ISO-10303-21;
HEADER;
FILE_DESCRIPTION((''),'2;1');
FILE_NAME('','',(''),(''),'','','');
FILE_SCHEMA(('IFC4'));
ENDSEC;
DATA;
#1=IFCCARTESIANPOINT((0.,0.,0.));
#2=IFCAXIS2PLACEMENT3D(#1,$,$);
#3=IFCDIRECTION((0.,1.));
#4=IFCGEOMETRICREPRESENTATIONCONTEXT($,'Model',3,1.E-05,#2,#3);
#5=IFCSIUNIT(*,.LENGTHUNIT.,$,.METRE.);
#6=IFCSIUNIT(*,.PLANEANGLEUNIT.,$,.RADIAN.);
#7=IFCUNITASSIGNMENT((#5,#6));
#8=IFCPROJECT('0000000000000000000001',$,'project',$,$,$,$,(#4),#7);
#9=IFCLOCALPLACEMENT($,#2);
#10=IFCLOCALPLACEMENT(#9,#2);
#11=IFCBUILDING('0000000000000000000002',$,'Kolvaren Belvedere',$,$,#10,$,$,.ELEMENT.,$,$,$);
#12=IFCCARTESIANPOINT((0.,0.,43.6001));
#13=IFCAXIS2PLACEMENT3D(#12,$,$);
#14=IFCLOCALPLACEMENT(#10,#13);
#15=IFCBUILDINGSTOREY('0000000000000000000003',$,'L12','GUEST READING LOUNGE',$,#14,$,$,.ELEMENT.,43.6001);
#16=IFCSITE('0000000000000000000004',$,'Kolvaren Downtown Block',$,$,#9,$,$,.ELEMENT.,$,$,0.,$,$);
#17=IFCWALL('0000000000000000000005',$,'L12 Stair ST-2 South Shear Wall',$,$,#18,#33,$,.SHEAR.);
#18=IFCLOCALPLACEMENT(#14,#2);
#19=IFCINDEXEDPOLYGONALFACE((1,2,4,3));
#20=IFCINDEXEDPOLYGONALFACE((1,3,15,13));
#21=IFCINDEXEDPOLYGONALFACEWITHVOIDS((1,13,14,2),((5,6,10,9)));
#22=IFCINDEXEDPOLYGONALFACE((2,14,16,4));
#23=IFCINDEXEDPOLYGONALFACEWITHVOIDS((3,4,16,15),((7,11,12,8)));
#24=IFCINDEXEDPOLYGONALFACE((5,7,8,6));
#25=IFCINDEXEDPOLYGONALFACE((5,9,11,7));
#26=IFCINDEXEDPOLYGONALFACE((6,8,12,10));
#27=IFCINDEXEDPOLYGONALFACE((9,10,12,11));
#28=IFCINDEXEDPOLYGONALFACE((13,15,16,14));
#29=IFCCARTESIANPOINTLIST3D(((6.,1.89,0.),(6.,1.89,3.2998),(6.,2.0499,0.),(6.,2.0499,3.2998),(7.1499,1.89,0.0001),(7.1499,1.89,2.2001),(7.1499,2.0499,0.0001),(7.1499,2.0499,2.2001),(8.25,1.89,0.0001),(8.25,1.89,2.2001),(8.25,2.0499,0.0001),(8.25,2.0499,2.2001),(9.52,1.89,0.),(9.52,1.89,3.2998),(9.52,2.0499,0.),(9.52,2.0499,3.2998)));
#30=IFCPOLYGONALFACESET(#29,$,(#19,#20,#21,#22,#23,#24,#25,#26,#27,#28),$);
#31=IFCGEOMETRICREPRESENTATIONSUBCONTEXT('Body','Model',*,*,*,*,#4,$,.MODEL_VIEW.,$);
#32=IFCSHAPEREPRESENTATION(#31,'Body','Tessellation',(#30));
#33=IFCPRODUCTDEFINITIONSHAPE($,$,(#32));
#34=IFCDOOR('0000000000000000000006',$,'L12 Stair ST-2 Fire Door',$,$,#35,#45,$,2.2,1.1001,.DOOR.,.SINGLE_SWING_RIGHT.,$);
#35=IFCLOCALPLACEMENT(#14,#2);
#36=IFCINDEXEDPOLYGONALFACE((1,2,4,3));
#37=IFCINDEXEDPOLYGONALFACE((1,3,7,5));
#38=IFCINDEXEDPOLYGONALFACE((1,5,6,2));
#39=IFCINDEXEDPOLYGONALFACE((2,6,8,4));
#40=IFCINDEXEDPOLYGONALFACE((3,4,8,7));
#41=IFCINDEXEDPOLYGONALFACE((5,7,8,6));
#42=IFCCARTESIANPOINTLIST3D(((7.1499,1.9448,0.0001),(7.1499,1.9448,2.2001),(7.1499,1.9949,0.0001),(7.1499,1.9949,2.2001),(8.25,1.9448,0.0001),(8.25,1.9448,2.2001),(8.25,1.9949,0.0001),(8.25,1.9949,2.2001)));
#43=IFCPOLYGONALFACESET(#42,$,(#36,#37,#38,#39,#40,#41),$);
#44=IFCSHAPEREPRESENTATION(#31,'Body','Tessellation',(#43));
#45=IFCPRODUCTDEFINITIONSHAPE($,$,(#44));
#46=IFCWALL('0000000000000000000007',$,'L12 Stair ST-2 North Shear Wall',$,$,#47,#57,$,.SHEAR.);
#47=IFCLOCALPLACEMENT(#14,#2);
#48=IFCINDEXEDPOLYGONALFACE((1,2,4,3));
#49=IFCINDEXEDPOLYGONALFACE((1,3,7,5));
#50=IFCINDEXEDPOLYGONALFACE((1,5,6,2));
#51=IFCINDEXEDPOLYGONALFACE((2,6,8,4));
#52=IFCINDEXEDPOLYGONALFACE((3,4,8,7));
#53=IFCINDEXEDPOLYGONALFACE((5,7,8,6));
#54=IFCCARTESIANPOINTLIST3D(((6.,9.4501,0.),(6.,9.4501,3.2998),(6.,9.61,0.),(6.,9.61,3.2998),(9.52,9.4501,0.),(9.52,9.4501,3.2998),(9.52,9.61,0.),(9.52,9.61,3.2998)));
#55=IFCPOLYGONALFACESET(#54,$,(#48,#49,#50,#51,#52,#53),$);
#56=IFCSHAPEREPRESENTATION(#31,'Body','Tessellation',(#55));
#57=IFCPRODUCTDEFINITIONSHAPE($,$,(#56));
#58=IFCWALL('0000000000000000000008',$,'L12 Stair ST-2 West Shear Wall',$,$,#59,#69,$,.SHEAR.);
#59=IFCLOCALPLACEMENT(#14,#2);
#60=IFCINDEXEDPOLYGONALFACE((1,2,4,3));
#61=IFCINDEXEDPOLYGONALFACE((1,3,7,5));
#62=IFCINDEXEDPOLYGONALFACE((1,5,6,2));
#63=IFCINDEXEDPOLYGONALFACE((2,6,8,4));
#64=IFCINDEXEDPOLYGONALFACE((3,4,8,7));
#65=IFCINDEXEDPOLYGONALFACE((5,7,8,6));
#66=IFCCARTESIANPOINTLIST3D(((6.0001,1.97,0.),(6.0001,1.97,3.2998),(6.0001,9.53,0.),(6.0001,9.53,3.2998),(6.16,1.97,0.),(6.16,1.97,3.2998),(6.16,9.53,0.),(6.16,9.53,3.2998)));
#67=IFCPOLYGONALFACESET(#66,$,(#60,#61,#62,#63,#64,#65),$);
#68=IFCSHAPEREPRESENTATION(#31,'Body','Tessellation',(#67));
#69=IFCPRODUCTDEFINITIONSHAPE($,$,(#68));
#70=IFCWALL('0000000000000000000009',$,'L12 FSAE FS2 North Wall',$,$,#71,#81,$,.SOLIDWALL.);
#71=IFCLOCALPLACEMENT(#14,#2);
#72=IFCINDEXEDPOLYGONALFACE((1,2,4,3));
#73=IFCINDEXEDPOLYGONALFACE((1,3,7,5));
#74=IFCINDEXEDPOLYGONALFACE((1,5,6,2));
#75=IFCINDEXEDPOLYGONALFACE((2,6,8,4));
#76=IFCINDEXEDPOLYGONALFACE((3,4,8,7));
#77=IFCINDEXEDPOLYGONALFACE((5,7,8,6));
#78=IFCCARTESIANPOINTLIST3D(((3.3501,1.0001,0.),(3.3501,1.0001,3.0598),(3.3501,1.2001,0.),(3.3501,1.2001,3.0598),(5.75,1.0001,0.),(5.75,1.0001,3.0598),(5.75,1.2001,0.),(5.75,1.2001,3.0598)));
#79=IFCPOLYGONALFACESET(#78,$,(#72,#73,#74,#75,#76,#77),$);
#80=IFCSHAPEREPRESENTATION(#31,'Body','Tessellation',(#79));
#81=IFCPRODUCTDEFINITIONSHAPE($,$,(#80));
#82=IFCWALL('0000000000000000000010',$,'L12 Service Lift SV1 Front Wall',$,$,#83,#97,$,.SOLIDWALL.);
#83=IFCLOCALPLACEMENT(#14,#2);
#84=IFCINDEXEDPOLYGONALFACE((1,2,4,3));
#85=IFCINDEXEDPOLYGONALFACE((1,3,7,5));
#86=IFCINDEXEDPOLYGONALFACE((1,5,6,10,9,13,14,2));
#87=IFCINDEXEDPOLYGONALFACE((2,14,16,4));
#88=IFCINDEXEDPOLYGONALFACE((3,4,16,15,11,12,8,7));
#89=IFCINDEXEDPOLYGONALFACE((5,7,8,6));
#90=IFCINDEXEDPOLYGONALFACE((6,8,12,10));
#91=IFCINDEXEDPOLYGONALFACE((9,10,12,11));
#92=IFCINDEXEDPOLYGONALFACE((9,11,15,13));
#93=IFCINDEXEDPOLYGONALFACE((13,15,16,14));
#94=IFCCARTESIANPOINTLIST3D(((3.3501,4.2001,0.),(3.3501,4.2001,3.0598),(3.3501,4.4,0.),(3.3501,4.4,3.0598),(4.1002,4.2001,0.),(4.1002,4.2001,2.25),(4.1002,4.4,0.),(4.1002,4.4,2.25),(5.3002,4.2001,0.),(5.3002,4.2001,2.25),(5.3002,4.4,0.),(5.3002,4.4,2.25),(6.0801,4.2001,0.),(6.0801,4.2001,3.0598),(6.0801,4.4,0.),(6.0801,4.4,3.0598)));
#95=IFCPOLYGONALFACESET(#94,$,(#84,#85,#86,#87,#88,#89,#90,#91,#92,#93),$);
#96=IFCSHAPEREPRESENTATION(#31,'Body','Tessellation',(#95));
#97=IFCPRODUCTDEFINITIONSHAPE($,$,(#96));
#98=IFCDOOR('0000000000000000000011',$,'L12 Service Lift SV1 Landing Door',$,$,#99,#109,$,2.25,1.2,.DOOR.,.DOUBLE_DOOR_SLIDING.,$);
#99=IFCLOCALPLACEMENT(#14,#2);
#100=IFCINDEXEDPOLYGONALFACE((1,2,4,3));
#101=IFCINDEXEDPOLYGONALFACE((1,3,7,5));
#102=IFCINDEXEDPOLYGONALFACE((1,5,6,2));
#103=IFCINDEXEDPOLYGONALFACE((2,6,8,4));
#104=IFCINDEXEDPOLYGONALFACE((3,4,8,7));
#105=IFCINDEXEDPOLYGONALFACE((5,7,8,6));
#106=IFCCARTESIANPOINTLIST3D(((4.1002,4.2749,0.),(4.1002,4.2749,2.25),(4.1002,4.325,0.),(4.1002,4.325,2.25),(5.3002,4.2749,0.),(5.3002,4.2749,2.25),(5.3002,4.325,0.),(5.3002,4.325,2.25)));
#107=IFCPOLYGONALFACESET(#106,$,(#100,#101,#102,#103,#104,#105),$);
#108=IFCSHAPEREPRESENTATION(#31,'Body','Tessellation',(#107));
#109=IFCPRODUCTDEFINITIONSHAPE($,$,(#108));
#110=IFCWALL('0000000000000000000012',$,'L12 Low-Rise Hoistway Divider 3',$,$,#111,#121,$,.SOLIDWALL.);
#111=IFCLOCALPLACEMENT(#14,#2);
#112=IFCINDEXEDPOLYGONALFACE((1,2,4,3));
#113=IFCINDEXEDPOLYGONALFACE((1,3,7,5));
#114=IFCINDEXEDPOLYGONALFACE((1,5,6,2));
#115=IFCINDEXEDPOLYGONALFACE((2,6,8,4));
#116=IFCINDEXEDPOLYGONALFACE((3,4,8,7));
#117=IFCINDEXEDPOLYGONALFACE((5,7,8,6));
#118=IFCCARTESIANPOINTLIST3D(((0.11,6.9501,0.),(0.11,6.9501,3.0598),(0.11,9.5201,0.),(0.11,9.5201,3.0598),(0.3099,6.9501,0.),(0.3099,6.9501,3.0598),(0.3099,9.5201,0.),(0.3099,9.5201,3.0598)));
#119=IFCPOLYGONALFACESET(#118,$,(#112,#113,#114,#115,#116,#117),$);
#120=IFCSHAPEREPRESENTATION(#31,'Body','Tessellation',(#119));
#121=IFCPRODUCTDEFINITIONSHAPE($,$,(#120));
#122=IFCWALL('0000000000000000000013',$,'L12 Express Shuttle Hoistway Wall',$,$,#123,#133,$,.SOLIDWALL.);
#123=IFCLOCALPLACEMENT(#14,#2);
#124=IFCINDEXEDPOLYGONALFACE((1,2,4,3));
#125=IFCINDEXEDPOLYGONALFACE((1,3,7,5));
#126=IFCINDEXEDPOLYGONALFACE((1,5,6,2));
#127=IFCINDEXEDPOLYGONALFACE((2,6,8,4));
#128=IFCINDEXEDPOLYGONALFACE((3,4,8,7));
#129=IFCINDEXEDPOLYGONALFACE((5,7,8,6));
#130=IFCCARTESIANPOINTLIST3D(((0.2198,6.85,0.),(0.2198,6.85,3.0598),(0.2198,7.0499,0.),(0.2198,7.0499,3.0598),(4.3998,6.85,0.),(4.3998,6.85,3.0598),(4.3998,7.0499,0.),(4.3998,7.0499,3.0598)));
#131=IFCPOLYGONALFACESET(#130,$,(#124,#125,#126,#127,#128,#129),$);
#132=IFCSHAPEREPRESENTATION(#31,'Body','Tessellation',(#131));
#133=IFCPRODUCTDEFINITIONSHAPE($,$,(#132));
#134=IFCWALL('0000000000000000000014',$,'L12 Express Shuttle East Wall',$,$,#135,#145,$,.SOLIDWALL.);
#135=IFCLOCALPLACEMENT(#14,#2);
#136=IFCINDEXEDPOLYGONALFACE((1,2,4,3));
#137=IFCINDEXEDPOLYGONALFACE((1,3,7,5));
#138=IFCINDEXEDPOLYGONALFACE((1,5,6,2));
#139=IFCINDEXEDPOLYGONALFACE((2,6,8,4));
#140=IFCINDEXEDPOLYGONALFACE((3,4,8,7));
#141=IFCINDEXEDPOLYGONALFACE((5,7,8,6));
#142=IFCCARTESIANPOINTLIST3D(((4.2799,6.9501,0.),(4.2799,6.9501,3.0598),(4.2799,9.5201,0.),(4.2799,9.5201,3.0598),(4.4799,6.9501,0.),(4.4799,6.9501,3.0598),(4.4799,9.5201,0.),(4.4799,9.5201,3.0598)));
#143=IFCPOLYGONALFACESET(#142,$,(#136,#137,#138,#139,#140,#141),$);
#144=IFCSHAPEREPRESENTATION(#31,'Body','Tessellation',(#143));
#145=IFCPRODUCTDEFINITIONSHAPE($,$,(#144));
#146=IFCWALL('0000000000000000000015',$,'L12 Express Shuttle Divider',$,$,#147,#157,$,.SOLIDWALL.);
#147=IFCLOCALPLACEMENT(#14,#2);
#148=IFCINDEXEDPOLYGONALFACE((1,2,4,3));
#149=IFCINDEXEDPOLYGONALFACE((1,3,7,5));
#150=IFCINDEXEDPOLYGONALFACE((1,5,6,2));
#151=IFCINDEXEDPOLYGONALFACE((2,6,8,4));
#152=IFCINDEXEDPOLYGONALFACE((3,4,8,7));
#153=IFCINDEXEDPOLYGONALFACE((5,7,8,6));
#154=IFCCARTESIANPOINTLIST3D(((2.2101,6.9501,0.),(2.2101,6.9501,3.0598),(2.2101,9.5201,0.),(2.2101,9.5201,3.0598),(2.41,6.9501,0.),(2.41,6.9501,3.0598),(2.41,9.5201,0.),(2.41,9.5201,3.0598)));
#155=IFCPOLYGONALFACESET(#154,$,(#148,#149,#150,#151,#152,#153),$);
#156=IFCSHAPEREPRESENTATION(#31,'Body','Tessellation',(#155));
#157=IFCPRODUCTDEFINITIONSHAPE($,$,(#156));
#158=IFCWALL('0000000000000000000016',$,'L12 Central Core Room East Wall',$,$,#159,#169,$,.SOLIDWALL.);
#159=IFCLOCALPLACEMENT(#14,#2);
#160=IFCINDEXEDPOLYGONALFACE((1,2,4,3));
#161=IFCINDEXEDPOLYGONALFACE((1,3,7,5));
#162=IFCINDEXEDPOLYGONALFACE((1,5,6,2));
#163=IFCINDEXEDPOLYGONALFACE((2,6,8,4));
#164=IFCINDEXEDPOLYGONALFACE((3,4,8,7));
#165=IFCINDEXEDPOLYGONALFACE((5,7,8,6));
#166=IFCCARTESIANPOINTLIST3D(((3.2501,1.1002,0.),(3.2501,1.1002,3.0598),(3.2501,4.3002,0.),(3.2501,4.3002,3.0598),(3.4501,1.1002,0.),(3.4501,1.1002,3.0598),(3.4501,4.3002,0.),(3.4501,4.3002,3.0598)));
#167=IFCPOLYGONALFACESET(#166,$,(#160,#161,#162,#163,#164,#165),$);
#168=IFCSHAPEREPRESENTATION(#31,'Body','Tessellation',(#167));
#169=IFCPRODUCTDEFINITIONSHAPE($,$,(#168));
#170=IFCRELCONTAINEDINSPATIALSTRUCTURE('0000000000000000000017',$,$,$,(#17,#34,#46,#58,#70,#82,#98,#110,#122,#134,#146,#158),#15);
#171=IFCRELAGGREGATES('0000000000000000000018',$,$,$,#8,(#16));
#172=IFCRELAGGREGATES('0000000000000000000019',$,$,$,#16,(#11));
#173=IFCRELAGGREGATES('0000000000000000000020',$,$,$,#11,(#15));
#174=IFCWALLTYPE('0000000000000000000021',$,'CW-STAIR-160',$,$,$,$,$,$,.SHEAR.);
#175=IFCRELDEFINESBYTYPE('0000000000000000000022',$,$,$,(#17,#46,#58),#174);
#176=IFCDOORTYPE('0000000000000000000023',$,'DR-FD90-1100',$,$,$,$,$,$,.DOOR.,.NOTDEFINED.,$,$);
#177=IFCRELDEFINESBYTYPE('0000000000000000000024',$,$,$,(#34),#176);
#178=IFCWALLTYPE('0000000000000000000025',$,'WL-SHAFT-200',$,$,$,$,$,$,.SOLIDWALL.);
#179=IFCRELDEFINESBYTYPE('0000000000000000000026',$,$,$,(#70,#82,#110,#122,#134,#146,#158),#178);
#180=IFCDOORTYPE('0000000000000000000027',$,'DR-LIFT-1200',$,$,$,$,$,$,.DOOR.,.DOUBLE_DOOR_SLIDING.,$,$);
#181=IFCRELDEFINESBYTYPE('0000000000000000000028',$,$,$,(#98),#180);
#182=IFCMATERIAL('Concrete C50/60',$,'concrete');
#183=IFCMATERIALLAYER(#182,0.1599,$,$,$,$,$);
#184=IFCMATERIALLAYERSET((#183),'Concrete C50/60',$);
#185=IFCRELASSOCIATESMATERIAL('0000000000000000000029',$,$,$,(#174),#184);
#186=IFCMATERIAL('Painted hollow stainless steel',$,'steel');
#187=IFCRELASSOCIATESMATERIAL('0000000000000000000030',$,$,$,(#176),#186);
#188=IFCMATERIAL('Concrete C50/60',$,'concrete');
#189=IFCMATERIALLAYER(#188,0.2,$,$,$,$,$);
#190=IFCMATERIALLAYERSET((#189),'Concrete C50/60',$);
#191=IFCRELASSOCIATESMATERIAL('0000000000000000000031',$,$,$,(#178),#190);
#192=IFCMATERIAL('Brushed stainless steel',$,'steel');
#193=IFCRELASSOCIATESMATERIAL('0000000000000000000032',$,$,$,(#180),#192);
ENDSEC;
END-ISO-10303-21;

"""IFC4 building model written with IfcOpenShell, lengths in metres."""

from ifc_helpers import new_model, si_unit, direction, frame, frame_2d, origin, place, context, subcontext, project, spatial, rectangle, extrude, material, layer, layer_set, type_object, element, fill, save


model = new_model("IFC4")

# Units and contexts
model_context = context("Model", 3, precision=1e-05, world=origin(), true_north=direction((0.0, 1.0)))
body_context = subcontext(model_context, "Body", "Model", "MODEL_VIEW")
ifc_project = project(units=[si_unit("LENGTHUNIT", "METRE"), si_unit("PLANEANGLEUNIT", "RADIAN")], contexts=[model_context])

# Site, building, storey
site_placement = place(None, origin())
site = spatial("IfcSite", under=ifc_project, at=site_placement, Name="Kolvaren Downtown Block", CompositionType="ELEMENT", RefElevation=0.0)
building_placement = place(site_placement, origin())
building = spatial("IfcBuilding", under=site, at=building_placement, Name="Kolvaren Belvedere", CompositionType="ELEMENT")
storey_placement = place(building_placement, frame((0.0, 0.0, 43.6001)))
storey = spatial("IfcBuildingStorey", under=building, at=storey_placement, Name="L12", Description="GUEST READING LOUNGE", CompositionType="ELEMENT", Elevation=43.6001)

# Wall, opening, door
ifc_material_1 = material(Name="Concrete C50/60", Category="concrete")
ifc_layer_1 = layer(ifc_material_1, 0.1599)
ifc_layer_set_1 = layer_set([ifc_layer_1], Name="Concrete C50/60")
wall_type_1 = type_object("IfcWallType", Name="CW-STAIR-160", PredefinedType="SHEAR", material=ifc_layer_set_1)
wall_1_placement = place(storey_placement, frame((6.0, 1.97, 0.0), z_axis=(0.0, 0.0, 1.0), x_axis=(1.0, 0.0, 0.0)))
wall_1 = element("IfcWall", 1, at=wall_1_placement, inside=storey, type_object=wall_type_1, Name="L12 Stair ST-2 South Shear Wall", PredefinedType="SHEAR", context=body_context, shape_type="SweptSolid", body=[
    extrude(rectangle(XDim=3.52, YDim=0.1599, at=frame_2d((1.76, 0.0))), origin(), (0.0, 0.0, 1.0), 3.2998),
])
opening_1_placement = place(wall_1_placement, frame((1.1499, 0.0, 0.0)))
opening_1 = element("IfcOpeningElement", 2, at=opening_1_placement, cuts=wall_1, PredefinedType="OPENING", context=body_context, shape_type="SweptSolid", body=[
    extrude(rectangle(XDim=1.1001, YDim=2.2, at=frame_2d((0.55, 1.1001))), frame((0.0, 0.0898, 0.0), z_axis=(0.0, -1.0, 0.0), x_axis=(1.0, 0.0, 0.0)), (0.0, 0.0, 1.0), 0.1799),
])
ifc_material_2 = material(Name="Painted hollow stainless steel", Category="steel")
door_type_1 = type_object("IfcDoorType", Name="DR-FD90-1100", OperationType="NOTDEFINED", PredefinedType="DOOR", material=ifc_material_2)
door_1_placement = place(opening_1_placement, origin())
door_1 = element("IfcDoor", 3, at=door_1_placement, inside=storey, type_object=door_type_1, Name="L12 Stair ST-2 Fire Door", OperationType="SINGLE_SWING_RIGHT", OverallHeight=2.2, OverallWidth=1.1001, PredefinedType="DOOR", context=body_context, shape_type="SweptSolid", body=[
    extrude(rectangle(XDim=1.1001, YDim=2.2, at=frame_2d((0.55, 1.1001))), frame((0.0, 0.0249, 0.0), z_axis=(0.0, -1.0, 0.0), x_axis=(1.0, 0.0, 0.0)), (0.0, 0.0, 1.0), 0.05),
])
fill(opening_1, door_1)

# Walls
wall_2_placement = place(storey_placement, frame((6.0, 9.53, 0.0), z_axis=(0.0, 0.0, 1.0), x_axis=(1.0, 0.0, 0.0)))
element("IfcWall", 4, at=wall_2_placement, inside=storey, type_object=wall_type_1, Name="L12 Stair ST-2 North Shear Wall", PredefinedType="SHEAR", context=body_context, shape_type="SweptSolid", body=[
    extrude(rectangle(XDim=3.52, YDim=0.1599, at=frame_2d((1.76, 0.0))), origin(), (0.0, 0.0, 1.0), 3.2998),
])
wall_3_placement = place(storey_placement, frame((6.0801, 1.97, 0.0), z_axis=(0.0, 0.0, 1.0), x_axis=(0.0, 1.0, 0.0)))
element("IfcWall", 5, at=wall_3_placement, inside=storey, type_object=wall_type_1, Name="L12 Stair ST-2 West Shear Wall", PredefinedType="SHEAR", context=body_context, shape_type="SweptSolid", body=[
    extrude(rectangle(XDim=7.5601, YDim=0.1599, at=frame_2d((3.78, 0.0))), origin(), (0.0, 0.0, 1.0), 3.2998),
])
ifc_material_3 = material(Name="Concrete C50/60", Category="concrete")
ifc_layer_2 = layer(ifc_material_3, 0.2)
ifc_layer_set_2 = layer_set([ifc_layer_2], Name="Concrete C50/60")
wall_type_2 = type_object("IfcWallType", Name="WL-SHAFT-200", PredefinedType="SOLIDWALL", material=ifc_layer_set_2)
wall_4_placement = place(storey_placement, frame((3.3501, 1.1001, 0.0), z_axis=(0.0, 0.0, 1.0), x_axis=(1.0, 0.0, 0.0)))
element("IfcWall", 6, at=wall_4_placement, inside=storey, type_object=wall_type_2, Name="L12 FSAE FS2 North Wall", PredefinedType="SOLIDWALL", context=body_context, shape_type="SweptSolid", body=[
    extrude(rectangle(XDim=2.3999, YDim=0.2, at=frame_2d((1.2, 0.0))), origin(), (0.0, 0.0, 1.0), 3.0598),
])

# Wall, opening, door
wall_5_placement = place(storey_placement, frame((3.3501, 4.3, 0.0), z_axis=(0.0, 0.0, 1.0), x_axis=(1.0, 0.0, 0.0)))
wall_5 = element("IfcWall", 7, at=wall_5_placement, inside=storey, type_object=wall_type_2, Name="L12 Service Lift SV1 Front Wall", PredefinedType="SOLIDWALL", context=body_context, shape_type="SweptSolid", body=[
    extrude(rectangle(XDim=2.73, YDim=0.2, at=frame_2d((1.365, 0.0))), origin(), (0.0, 0.0, 1.0), 3.0598),
])
opening_2_placement = place(wall_5_placement, frame((0.75, 0.0, 0.0)))
opening_2 = element("IfcOpeningElement", 8, at=opening_2_placement, cuts=wall_5, PredefinedType="OPENING", context=body_context, shape_type="SweptSolid", body=[
    extrude(rectangle(XDim=1.2, YDim=2.25, at=frame_2d((0.6001, 1.125))), frame((0.0, 0.1099, 0.0), z_axis=(0.0, -1.0, 0.0), x_axis=(1.0, 0.0, 0.0)), (0.0, 0.0, 1.0), 0.22),
])
ifc_material_4 = material(Name="Brushed stainless steel", Category="steel")
door_type_2 = type_object("IfcDoorType", Name="DR-LIFT-1200", OperationType="DOUBLE_DOOR_SLIDING", PredefinedType="DOOR", material=ifc_material_4)
door_2_placement = place(opening_2_placement, origin())
door_2 = element("IfcDoor", 9, at=door_2_placement, inside=storey, type_object=door_type_2, Name="L12 Service Lift SV1 Landing Door", OperationType="DOUBLE_DOOR_SLIDING", OverallHeight=2.25, OverallWidth=1.2, PredefinedType="DOOR", context=body_context, shape_type="SweptSolid", body=[
    extrude(rectangle(XDim=1.2, YDim=2.25, at=frame_2d((0.6001, 1.125))), frame((0.0, 0.0249, 0.0), z_axis=(0.0, -1.0, 0.0), x_axis=(1.0, 0.0, 0.0)), (0.0, 0.0, 1.0), 0.05),
])
fill(opening_2, door_2)

# Walls
wall_6_placement = place(storey_placement, frame((0.21, 6.95, 0.0), z_axis=(0.0, 0.0, 1.0), x_axis=(0.0, 1.0, 0.0)))
element("IfcWall", 10, at=wall_6_placement, inside=storey, type_object=wall_type_2, Name="L12 Low-Rise Hoistway Divider 3", PredefinedType="SOLIDWALL", context=body_context, shape_type="SweptSolid", body=[
    extrude(rectangle(XDim=2.5701, YDim=0.2, at=frame_2d((1.2852, 0.0))), origin(), (0.0, 0.0, 1.0), 3.0598),
])
wall_7_placement = place(storey_placement, frame((0.22, 6.95, 0.0), z_axis=(0.0, 0.0, 1.0), x_axis=(1.0, 0.0, 0.0)))
element("IfcWall", 11, at=wall_7_placement, inside=storey, type_object=wall_type_2, Name="L12 Express Shuttle Hoistway Wall", PredefinedType="SOLIDWALL", context=body_context, shape_type="SweptSolid", body=[
    extrude(rectangle(XDim=4.1799, YDim=0.2, at=frame_2d((2.0898, 0.0))), origin(), (0.0, 0.0, 1.0), 3.0598),
])
for number, where, z_axis, x_axis, name in (
    (12, (4.3799, 6.95, 0.0), (0.0, 0.0, 1.0), (0.0, 1.0, 0.0), "L12 Express Shuttle East Wall"),
    (13, (2.3101, 6.95, 0.0), (0.0, 0.0, 1.0), (0.0, 1.0, 0.0), "L12 Express Shuttle Divider"),
):
    element("IfcWall", number, at=place(storey_placement, frame(where, z_axis=z_axis, x_axis=x_axis)), inside=storey, type_object=wall_type_2, Name=name, PredefinedType="SOLIDWALL", context=body_context, shape_type="SweptSolid", body=[
        extrude(rectangle(XDim=2.5701, YDim=0.2, at=frame_2d((1.2852, 0.0))), origin(), (0.0, 0.0, 1.0), 3.0598),
    ])
wall_8_placement = place(storey_placement, frame((3.3501, 1.1001, 0.0), z_axis=(0.0, 0.0, 1.0), x_axis=(0.0, 1.0, 0.0)))
element("IfcWall", 14, at=wall_8_placement, inside=storey, type_object=wall_type_2, Name="L12 Central Core Room East Wall", PredefinedType="SOLIDWALL", context=body_context, shape_type="SweptSolid", body=[
    extrude(rectangle(XDim=3.2, YDim=0.2, at=frame_2d((1.6001, 0.0))), origin(), (0.0, 0.0, 1.0), 3.0598),
])

save(model, "model.ifc")
